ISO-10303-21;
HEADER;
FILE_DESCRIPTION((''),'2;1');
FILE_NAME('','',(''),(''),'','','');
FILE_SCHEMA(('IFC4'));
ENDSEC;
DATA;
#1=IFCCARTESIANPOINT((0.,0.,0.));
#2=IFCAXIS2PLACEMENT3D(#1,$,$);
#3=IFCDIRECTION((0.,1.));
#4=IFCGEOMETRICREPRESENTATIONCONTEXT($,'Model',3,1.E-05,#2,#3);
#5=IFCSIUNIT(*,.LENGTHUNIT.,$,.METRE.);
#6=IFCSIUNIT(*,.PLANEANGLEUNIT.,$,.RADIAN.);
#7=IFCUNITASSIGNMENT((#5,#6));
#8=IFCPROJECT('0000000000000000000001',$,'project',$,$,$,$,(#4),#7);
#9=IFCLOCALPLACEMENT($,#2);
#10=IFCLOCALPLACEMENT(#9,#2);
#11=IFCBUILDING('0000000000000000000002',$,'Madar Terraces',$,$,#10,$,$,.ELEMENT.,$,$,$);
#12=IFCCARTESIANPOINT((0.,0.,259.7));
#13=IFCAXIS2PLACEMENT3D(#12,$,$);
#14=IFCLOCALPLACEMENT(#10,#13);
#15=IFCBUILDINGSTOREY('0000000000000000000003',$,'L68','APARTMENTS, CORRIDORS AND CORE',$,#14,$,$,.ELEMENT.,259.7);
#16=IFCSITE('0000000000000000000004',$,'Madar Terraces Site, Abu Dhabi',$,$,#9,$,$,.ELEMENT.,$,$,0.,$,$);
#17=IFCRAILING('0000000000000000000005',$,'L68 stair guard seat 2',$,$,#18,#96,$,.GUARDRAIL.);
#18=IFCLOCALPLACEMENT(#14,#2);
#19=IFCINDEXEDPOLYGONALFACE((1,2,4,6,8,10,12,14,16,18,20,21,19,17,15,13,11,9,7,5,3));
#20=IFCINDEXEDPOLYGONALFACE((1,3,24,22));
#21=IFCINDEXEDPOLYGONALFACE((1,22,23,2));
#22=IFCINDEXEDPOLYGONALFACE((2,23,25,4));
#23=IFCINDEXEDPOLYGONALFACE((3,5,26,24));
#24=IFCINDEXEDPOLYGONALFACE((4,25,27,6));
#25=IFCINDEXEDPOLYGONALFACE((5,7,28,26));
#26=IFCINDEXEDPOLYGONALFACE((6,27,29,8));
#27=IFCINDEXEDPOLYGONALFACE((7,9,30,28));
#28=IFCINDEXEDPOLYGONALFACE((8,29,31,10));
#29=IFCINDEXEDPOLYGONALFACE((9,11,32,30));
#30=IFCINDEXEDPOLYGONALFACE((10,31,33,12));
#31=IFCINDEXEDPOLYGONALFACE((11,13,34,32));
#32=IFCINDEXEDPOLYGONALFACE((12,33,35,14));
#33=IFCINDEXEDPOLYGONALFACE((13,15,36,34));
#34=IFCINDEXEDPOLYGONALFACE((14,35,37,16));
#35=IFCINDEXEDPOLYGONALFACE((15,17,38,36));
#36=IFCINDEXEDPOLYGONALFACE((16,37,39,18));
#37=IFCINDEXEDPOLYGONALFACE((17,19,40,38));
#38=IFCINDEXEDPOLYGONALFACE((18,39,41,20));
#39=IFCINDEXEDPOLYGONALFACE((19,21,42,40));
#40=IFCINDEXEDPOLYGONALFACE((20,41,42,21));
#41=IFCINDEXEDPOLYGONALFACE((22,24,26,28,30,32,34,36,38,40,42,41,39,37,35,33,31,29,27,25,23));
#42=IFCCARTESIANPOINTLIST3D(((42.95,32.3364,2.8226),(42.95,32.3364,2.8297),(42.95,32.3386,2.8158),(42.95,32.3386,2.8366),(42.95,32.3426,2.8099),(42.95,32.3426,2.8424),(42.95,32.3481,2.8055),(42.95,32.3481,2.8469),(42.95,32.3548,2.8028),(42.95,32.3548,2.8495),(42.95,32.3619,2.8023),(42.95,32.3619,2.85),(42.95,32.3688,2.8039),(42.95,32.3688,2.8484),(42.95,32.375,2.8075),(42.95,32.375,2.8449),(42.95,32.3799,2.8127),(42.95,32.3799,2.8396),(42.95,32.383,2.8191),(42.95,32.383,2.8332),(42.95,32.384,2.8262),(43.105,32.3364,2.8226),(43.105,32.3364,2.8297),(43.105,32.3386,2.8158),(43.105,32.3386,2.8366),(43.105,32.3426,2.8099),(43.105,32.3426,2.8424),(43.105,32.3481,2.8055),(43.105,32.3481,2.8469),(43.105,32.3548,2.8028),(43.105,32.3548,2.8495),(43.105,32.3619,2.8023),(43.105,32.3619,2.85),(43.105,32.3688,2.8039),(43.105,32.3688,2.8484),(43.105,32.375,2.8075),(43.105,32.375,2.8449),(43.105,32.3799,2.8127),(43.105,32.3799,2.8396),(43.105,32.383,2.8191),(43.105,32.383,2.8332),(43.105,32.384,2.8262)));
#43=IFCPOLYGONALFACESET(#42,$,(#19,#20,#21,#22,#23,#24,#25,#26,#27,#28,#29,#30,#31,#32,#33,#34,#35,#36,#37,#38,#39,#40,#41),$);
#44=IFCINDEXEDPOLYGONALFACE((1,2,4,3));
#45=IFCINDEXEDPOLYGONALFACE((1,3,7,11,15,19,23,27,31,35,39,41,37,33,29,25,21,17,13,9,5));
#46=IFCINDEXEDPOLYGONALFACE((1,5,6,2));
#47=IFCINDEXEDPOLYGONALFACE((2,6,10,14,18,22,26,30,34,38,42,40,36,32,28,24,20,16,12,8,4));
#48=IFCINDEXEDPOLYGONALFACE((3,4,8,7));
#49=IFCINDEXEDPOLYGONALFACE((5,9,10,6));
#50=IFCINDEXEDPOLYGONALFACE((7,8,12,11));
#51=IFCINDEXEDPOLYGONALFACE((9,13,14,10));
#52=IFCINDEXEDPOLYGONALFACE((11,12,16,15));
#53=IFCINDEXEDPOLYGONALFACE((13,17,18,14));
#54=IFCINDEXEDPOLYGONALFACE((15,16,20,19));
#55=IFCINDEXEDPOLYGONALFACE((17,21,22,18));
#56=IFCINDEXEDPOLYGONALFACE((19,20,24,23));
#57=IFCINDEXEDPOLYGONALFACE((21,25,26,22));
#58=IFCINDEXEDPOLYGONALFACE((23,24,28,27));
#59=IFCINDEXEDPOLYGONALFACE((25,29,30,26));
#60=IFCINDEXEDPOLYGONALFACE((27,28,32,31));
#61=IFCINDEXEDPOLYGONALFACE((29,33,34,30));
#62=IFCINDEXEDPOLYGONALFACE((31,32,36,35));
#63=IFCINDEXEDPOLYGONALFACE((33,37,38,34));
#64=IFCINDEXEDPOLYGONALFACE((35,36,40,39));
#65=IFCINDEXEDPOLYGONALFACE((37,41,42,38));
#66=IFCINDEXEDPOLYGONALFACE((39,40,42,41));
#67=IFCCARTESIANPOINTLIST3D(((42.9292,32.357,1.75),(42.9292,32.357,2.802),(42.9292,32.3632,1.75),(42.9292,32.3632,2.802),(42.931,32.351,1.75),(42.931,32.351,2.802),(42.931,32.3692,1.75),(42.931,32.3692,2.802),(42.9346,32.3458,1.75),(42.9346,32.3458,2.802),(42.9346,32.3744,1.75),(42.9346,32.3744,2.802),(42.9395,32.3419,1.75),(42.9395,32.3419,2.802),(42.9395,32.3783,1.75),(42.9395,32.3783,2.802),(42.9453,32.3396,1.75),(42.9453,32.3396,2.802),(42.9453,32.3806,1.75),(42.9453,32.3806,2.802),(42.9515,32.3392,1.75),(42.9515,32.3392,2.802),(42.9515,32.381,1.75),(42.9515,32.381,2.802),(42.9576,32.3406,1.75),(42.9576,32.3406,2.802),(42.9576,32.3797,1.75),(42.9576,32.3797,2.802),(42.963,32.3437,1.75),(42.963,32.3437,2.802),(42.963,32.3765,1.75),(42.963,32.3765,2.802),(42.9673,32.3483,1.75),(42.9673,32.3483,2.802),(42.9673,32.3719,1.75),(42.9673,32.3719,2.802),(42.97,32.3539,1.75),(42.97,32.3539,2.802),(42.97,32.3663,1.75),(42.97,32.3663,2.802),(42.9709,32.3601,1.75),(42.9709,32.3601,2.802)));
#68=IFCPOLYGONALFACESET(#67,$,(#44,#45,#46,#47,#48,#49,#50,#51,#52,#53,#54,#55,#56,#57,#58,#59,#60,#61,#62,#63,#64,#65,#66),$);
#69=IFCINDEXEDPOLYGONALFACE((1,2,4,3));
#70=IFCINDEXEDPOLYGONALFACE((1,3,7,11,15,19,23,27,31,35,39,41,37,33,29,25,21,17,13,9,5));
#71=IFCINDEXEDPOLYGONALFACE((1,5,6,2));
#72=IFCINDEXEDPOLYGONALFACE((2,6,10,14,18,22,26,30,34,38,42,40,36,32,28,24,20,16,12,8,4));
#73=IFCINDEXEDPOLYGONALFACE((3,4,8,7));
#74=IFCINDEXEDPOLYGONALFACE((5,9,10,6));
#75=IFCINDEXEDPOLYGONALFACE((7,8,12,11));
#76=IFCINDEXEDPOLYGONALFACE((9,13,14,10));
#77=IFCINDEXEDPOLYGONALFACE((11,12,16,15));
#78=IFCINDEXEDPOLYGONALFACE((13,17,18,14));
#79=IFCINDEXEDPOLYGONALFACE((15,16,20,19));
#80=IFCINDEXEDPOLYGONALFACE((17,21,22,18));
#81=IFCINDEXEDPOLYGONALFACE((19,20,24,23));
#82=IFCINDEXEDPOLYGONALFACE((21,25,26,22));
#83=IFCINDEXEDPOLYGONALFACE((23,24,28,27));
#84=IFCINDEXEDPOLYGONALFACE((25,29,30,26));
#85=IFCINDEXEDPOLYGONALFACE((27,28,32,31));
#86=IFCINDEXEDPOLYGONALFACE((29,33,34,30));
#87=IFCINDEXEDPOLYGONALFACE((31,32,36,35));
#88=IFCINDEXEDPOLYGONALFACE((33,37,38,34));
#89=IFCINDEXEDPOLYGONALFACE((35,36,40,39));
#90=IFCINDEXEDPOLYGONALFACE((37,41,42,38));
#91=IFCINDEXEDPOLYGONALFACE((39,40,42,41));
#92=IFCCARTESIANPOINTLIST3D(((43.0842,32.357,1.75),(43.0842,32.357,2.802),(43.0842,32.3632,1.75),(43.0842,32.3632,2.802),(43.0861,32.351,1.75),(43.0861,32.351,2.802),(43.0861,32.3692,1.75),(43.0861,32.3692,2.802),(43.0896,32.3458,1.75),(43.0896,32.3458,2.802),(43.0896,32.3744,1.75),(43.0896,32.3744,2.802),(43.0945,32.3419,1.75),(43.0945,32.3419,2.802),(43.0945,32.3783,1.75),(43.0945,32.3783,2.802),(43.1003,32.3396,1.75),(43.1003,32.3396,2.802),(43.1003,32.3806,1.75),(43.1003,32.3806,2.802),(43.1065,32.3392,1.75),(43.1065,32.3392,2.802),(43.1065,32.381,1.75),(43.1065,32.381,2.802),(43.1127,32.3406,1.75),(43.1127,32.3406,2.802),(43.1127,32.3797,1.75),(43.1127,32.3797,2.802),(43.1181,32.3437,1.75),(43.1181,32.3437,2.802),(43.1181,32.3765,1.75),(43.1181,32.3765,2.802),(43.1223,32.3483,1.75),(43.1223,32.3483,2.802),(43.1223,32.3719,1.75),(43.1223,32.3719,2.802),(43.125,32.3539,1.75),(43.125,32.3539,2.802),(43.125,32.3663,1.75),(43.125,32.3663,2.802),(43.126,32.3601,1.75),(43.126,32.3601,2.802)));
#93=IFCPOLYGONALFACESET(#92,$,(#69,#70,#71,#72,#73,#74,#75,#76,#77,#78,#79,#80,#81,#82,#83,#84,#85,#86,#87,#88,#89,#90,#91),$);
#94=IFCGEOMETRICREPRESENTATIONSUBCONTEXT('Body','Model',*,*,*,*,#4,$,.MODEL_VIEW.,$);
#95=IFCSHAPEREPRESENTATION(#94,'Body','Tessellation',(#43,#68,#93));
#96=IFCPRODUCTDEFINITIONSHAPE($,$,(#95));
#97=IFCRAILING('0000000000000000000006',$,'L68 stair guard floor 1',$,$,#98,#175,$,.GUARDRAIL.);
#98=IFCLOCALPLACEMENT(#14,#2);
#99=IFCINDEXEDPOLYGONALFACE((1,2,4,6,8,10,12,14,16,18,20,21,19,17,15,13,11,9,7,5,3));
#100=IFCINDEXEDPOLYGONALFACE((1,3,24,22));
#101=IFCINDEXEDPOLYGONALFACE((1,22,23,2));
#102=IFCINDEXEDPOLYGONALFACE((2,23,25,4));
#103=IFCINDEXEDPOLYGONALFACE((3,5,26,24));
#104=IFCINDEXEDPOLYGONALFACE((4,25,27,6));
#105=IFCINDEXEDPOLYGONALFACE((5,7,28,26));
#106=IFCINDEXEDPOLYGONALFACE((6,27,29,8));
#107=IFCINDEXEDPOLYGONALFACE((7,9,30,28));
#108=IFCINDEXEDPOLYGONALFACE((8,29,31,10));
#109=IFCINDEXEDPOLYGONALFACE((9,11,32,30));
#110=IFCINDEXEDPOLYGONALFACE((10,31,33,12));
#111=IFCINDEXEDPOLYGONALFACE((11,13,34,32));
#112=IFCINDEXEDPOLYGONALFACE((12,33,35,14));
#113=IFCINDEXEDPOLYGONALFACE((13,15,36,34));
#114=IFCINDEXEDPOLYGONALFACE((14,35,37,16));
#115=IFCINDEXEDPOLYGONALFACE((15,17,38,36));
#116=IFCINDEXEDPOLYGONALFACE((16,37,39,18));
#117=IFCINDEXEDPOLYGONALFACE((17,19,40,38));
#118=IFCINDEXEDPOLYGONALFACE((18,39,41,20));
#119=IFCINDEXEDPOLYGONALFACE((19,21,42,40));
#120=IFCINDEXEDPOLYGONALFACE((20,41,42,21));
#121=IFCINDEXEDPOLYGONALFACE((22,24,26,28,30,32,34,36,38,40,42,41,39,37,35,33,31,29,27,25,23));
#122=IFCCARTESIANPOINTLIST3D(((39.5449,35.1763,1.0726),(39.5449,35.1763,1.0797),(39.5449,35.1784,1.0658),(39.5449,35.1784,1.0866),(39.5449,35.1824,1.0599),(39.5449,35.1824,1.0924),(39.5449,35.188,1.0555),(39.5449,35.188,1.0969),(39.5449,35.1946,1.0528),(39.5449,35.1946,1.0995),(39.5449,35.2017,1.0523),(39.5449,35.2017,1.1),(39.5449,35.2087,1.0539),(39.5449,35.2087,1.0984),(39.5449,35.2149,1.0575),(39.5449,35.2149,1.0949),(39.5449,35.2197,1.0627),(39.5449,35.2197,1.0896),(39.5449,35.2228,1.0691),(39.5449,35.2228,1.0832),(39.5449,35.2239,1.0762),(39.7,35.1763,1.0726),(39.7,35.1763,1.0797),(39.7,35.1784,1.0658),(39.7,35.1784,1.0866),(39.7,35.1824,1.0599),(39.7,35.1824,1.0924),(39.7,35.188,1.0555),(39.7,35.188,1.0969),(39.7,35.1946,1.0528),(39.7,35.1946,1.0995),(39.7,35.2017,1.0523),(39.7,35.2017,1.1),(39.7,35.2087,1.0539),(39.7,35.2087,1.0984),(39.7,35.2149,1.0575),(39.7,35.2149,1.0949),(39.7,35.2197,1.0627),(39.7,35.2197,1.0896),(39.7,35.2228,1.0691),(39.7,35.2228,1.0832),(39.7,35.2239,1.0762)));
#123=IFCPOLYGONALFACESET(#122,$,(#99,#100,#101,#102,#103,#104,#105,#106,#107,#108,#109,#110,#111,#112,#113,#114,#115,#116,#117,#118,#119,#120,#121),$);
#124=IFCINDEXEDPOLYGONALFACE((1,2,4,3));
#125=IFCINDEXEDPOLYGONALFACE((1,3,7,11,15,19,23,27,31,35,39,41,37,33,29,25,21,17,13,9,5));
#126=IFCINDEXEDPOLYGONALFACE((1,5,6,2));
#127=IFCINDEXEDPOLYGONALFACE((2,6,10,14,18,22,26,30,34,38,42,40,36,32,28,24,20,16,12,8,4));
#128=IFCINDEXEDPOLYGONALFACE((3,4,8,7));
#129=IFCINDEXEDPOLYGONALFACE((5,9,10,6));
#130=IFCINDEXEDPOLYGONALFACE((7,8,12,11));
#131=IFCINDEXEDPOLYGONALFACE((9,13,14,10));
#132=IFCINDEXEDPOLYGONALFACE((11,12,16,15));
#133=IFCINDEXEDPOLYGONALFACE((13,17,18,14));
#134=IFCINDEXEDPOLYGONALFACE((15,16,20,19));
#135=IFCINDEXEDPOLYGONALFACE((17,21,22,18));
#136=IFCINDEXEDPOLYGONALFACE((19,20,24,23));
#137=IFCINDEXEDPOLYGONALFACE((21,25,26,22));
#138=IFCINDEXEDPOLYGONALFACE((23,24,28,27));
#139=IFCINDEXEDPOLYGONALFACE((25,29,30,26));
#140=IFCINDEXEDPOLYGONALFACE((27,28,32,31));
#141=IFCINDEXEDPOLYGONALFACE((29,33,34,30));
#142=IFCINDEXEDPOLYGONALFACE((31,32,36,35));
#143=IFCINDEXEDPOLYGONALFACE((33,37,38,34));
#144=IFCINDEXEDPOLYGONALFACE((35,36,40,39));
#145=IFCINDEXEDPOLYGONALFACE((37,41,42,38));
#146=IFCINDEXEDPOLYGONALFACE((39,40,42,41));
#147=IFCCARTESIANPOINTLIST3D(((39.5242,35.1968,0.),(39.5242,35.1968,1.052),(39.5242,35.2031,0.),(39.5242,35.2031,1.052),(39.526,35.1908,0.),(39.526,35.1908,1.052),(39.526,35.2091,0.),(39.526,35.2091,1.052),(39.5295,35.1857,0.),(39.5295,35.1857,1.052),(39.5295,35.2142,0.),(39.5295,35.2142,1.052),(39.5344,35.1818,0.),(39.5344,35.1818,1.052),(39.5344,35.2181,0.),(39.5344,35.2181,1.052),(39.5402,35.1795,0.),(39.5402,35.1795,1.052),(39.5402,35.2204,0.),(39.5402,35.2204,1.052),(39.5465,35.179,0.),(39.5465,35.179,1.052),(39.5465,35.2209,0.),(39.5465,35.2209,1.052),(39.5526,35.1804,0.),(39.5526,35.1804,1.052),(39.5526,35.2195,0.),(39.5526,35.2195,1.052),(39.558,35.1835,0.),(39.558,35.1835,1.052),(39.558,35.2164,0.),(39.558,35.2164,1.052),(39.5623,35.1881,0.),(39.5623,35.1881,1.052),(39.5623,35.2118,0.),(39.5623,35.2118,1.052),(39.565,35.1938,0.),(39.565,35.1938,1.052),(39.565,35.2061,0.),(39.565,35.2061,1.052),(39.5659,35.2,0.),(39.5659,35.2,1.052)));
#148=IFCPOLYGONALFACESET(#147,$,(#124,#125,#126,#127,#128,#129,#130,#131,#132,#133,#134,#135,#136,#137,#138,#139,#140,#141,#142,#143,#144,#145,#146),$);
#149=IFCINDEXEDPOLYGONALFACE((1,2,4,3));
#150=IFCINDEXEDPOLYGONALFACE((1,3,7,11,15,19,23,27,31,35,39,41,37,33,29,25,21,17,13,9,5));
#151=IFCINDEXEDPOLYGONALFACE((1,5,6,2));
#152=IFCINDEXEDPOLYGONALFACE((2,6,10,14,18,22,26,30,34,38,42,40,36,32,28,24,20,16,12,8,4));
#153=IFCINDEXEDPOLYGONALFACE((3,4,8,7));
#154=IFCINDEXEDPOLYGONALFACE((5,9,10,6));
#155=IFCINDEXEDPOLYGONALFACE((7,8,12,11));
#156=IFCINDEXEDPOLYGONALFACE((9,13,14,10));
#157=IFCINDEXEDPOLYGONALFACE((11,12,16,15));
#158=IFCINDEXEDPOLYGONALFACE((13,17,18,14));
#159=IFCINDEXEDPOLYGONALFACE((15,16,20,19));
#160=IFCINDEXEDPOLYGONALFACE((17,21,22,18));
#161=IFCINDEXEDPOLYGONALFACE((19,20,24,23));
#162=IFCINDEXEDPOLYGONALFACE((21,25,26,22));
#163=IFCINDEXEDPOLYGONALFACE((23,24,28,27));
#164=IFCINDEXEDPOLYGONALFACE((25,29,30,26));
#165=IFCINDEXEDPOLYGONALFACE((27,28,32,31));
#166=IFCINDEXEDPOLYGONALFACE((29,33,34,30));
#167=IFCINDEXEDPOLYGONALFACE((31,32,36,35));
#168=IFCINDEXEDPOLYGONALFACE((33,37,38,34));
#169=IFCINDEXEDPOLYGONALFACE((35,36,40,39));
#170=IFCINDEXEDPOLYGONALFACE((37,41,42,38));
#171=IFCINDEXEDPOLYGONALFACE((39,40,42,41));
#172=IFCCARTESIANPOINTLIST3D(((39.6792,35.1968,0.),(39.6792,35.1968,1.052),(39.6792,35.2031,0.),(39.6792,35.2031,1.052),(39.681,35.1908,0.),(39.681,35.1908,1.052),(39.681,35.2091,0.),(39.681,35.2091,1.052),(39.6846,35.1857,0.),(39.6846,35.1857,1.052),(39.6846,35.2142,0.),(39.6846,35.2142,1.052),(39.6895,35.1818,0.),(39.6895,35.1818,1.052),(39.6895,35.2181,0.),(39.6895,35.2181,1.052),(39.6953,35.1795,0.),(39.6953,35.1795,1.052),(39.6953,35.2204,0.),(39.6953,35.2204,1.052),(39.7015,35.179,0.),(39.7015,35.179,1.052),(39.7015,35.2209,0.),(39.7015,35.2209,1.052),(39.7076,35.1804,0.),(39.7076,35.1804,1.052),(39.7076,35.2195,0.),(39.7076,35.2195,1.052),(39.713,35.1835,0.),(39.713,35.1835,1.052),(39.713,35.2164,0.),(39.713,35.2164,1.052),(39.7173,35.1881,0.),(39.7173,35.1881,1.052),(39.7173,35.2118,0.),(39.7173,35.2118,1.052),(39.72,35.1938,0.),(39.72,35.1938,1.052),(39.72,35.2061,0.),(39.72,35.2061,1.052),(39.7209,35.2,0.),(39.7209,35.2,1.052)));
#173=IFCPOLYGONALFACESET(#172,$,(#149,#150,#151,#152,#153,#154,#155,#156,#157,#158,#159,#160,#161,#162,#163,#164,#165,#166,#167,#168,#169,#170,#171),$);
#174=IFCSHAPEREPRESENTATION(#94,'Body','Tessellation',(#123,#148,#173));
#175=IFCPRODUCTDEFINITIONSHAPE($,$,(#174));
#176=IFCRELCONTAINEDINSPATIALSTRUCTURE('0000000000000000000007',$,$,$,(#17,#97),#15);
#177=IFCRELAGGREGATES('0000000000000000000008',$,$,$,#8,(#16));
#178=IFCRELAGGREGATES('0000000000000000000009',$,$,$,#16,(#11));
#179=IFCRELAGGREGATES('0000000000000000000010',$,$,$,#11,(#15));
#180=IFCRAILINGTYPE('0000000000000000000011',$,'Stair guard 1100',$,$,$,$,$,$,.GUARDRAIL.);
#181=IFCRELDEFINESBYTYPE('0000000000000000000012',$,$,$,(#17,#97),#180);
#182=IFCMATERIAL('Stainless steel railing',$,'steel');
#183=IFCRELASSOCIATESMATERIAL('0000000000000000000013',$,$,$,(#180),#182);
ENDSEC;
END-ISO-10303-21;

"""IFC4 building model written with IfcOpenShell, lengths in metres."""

from ifc_helpers import new_model, si_unit, direction, frame, origin, origin_2d, place, context, subcontext, project, spatial, circle, extrude, material, type_object, element, save


model = new_model("IFC4")

# Units and contexts
model_context = context("Model", 3, precision=1e-05, world=origin(), true_north=direction((0.0, 1.0)))
body_context = subcontext(model_context, "Body", "Model", "MODEL_VIEW")
ifc_project = project(units=[si_unit("LENGTHUNIT", "METRE"), si_unit("PLANEANGLEUNIT", "RADIAN")], contexts=[model_context])

# Site, building, storey
site_placement = place(None, origin())
site = spatial("IfcSite", under=ifc_project, at=site_placement, Name="Madar Terraces Site, Abu Dhabi", CompositionType="ELEMENT", RefElevation=0.0)
building_placement = place(site_placement, origin())
building = spatial("IfcBuilding", under=site, at=building_placement, Name="Madar Terraces", CompositionType="ELEMENT")
storey_placement = place(building_placement, frame((0.0, 0.0, 259.7)))
storey = spatial("IfcBuildingStorey", under=building, at=storey_placement, Name="L68", Description="APARTMENTS, CORRIDORS AND CORE", CompositionType="ELEMENT", Elevation=259.7)

# Railings
ifc_material_1 = material(Name="Stainless steel railing", Category="steel")
railing_type_1 = type_object("IfcRailingType", Name="Stair guard 1100", PredefinedType="GUARDRAIL", material=ifc_material_1)
for number, where, name in (
    (1, (42.95, 32.3601, 1.75), "L68 stair guard seat 2"),
    (2, (39.5449, 35.2, 0.0), "L68 stair guard floor 1"),
):
    element("IfcRailing", number, at=place(storey_placement, frame(where)), inside=storey, type_object=railing_type_1, Name=name, PredefinedType="GUARDRAIL", context=body_context, shape_type="SweptSolid", body=[
        extrude(circle(Radius=0.0239, at=origin_2d()), frame((0.0, 0.0, 1.0762), z_axis=(1.0, 0.0, 0.0), x_axis=(0.0, 1.0, 0.0)), (0.0, 0.0, 1.0), 0.155),
        extrude(circle(Radius=0.021, at=origin_2d()), origin(), (0.0, 0.0, 1.0), 1.052),
        extrude(circle(Radius=0.021, at=origin_2d()), frame((0.155, 0.0, 0.0)), (0.0, 0.0, 1.0), 1.052),
    ])

save(model, "model.ifc")
